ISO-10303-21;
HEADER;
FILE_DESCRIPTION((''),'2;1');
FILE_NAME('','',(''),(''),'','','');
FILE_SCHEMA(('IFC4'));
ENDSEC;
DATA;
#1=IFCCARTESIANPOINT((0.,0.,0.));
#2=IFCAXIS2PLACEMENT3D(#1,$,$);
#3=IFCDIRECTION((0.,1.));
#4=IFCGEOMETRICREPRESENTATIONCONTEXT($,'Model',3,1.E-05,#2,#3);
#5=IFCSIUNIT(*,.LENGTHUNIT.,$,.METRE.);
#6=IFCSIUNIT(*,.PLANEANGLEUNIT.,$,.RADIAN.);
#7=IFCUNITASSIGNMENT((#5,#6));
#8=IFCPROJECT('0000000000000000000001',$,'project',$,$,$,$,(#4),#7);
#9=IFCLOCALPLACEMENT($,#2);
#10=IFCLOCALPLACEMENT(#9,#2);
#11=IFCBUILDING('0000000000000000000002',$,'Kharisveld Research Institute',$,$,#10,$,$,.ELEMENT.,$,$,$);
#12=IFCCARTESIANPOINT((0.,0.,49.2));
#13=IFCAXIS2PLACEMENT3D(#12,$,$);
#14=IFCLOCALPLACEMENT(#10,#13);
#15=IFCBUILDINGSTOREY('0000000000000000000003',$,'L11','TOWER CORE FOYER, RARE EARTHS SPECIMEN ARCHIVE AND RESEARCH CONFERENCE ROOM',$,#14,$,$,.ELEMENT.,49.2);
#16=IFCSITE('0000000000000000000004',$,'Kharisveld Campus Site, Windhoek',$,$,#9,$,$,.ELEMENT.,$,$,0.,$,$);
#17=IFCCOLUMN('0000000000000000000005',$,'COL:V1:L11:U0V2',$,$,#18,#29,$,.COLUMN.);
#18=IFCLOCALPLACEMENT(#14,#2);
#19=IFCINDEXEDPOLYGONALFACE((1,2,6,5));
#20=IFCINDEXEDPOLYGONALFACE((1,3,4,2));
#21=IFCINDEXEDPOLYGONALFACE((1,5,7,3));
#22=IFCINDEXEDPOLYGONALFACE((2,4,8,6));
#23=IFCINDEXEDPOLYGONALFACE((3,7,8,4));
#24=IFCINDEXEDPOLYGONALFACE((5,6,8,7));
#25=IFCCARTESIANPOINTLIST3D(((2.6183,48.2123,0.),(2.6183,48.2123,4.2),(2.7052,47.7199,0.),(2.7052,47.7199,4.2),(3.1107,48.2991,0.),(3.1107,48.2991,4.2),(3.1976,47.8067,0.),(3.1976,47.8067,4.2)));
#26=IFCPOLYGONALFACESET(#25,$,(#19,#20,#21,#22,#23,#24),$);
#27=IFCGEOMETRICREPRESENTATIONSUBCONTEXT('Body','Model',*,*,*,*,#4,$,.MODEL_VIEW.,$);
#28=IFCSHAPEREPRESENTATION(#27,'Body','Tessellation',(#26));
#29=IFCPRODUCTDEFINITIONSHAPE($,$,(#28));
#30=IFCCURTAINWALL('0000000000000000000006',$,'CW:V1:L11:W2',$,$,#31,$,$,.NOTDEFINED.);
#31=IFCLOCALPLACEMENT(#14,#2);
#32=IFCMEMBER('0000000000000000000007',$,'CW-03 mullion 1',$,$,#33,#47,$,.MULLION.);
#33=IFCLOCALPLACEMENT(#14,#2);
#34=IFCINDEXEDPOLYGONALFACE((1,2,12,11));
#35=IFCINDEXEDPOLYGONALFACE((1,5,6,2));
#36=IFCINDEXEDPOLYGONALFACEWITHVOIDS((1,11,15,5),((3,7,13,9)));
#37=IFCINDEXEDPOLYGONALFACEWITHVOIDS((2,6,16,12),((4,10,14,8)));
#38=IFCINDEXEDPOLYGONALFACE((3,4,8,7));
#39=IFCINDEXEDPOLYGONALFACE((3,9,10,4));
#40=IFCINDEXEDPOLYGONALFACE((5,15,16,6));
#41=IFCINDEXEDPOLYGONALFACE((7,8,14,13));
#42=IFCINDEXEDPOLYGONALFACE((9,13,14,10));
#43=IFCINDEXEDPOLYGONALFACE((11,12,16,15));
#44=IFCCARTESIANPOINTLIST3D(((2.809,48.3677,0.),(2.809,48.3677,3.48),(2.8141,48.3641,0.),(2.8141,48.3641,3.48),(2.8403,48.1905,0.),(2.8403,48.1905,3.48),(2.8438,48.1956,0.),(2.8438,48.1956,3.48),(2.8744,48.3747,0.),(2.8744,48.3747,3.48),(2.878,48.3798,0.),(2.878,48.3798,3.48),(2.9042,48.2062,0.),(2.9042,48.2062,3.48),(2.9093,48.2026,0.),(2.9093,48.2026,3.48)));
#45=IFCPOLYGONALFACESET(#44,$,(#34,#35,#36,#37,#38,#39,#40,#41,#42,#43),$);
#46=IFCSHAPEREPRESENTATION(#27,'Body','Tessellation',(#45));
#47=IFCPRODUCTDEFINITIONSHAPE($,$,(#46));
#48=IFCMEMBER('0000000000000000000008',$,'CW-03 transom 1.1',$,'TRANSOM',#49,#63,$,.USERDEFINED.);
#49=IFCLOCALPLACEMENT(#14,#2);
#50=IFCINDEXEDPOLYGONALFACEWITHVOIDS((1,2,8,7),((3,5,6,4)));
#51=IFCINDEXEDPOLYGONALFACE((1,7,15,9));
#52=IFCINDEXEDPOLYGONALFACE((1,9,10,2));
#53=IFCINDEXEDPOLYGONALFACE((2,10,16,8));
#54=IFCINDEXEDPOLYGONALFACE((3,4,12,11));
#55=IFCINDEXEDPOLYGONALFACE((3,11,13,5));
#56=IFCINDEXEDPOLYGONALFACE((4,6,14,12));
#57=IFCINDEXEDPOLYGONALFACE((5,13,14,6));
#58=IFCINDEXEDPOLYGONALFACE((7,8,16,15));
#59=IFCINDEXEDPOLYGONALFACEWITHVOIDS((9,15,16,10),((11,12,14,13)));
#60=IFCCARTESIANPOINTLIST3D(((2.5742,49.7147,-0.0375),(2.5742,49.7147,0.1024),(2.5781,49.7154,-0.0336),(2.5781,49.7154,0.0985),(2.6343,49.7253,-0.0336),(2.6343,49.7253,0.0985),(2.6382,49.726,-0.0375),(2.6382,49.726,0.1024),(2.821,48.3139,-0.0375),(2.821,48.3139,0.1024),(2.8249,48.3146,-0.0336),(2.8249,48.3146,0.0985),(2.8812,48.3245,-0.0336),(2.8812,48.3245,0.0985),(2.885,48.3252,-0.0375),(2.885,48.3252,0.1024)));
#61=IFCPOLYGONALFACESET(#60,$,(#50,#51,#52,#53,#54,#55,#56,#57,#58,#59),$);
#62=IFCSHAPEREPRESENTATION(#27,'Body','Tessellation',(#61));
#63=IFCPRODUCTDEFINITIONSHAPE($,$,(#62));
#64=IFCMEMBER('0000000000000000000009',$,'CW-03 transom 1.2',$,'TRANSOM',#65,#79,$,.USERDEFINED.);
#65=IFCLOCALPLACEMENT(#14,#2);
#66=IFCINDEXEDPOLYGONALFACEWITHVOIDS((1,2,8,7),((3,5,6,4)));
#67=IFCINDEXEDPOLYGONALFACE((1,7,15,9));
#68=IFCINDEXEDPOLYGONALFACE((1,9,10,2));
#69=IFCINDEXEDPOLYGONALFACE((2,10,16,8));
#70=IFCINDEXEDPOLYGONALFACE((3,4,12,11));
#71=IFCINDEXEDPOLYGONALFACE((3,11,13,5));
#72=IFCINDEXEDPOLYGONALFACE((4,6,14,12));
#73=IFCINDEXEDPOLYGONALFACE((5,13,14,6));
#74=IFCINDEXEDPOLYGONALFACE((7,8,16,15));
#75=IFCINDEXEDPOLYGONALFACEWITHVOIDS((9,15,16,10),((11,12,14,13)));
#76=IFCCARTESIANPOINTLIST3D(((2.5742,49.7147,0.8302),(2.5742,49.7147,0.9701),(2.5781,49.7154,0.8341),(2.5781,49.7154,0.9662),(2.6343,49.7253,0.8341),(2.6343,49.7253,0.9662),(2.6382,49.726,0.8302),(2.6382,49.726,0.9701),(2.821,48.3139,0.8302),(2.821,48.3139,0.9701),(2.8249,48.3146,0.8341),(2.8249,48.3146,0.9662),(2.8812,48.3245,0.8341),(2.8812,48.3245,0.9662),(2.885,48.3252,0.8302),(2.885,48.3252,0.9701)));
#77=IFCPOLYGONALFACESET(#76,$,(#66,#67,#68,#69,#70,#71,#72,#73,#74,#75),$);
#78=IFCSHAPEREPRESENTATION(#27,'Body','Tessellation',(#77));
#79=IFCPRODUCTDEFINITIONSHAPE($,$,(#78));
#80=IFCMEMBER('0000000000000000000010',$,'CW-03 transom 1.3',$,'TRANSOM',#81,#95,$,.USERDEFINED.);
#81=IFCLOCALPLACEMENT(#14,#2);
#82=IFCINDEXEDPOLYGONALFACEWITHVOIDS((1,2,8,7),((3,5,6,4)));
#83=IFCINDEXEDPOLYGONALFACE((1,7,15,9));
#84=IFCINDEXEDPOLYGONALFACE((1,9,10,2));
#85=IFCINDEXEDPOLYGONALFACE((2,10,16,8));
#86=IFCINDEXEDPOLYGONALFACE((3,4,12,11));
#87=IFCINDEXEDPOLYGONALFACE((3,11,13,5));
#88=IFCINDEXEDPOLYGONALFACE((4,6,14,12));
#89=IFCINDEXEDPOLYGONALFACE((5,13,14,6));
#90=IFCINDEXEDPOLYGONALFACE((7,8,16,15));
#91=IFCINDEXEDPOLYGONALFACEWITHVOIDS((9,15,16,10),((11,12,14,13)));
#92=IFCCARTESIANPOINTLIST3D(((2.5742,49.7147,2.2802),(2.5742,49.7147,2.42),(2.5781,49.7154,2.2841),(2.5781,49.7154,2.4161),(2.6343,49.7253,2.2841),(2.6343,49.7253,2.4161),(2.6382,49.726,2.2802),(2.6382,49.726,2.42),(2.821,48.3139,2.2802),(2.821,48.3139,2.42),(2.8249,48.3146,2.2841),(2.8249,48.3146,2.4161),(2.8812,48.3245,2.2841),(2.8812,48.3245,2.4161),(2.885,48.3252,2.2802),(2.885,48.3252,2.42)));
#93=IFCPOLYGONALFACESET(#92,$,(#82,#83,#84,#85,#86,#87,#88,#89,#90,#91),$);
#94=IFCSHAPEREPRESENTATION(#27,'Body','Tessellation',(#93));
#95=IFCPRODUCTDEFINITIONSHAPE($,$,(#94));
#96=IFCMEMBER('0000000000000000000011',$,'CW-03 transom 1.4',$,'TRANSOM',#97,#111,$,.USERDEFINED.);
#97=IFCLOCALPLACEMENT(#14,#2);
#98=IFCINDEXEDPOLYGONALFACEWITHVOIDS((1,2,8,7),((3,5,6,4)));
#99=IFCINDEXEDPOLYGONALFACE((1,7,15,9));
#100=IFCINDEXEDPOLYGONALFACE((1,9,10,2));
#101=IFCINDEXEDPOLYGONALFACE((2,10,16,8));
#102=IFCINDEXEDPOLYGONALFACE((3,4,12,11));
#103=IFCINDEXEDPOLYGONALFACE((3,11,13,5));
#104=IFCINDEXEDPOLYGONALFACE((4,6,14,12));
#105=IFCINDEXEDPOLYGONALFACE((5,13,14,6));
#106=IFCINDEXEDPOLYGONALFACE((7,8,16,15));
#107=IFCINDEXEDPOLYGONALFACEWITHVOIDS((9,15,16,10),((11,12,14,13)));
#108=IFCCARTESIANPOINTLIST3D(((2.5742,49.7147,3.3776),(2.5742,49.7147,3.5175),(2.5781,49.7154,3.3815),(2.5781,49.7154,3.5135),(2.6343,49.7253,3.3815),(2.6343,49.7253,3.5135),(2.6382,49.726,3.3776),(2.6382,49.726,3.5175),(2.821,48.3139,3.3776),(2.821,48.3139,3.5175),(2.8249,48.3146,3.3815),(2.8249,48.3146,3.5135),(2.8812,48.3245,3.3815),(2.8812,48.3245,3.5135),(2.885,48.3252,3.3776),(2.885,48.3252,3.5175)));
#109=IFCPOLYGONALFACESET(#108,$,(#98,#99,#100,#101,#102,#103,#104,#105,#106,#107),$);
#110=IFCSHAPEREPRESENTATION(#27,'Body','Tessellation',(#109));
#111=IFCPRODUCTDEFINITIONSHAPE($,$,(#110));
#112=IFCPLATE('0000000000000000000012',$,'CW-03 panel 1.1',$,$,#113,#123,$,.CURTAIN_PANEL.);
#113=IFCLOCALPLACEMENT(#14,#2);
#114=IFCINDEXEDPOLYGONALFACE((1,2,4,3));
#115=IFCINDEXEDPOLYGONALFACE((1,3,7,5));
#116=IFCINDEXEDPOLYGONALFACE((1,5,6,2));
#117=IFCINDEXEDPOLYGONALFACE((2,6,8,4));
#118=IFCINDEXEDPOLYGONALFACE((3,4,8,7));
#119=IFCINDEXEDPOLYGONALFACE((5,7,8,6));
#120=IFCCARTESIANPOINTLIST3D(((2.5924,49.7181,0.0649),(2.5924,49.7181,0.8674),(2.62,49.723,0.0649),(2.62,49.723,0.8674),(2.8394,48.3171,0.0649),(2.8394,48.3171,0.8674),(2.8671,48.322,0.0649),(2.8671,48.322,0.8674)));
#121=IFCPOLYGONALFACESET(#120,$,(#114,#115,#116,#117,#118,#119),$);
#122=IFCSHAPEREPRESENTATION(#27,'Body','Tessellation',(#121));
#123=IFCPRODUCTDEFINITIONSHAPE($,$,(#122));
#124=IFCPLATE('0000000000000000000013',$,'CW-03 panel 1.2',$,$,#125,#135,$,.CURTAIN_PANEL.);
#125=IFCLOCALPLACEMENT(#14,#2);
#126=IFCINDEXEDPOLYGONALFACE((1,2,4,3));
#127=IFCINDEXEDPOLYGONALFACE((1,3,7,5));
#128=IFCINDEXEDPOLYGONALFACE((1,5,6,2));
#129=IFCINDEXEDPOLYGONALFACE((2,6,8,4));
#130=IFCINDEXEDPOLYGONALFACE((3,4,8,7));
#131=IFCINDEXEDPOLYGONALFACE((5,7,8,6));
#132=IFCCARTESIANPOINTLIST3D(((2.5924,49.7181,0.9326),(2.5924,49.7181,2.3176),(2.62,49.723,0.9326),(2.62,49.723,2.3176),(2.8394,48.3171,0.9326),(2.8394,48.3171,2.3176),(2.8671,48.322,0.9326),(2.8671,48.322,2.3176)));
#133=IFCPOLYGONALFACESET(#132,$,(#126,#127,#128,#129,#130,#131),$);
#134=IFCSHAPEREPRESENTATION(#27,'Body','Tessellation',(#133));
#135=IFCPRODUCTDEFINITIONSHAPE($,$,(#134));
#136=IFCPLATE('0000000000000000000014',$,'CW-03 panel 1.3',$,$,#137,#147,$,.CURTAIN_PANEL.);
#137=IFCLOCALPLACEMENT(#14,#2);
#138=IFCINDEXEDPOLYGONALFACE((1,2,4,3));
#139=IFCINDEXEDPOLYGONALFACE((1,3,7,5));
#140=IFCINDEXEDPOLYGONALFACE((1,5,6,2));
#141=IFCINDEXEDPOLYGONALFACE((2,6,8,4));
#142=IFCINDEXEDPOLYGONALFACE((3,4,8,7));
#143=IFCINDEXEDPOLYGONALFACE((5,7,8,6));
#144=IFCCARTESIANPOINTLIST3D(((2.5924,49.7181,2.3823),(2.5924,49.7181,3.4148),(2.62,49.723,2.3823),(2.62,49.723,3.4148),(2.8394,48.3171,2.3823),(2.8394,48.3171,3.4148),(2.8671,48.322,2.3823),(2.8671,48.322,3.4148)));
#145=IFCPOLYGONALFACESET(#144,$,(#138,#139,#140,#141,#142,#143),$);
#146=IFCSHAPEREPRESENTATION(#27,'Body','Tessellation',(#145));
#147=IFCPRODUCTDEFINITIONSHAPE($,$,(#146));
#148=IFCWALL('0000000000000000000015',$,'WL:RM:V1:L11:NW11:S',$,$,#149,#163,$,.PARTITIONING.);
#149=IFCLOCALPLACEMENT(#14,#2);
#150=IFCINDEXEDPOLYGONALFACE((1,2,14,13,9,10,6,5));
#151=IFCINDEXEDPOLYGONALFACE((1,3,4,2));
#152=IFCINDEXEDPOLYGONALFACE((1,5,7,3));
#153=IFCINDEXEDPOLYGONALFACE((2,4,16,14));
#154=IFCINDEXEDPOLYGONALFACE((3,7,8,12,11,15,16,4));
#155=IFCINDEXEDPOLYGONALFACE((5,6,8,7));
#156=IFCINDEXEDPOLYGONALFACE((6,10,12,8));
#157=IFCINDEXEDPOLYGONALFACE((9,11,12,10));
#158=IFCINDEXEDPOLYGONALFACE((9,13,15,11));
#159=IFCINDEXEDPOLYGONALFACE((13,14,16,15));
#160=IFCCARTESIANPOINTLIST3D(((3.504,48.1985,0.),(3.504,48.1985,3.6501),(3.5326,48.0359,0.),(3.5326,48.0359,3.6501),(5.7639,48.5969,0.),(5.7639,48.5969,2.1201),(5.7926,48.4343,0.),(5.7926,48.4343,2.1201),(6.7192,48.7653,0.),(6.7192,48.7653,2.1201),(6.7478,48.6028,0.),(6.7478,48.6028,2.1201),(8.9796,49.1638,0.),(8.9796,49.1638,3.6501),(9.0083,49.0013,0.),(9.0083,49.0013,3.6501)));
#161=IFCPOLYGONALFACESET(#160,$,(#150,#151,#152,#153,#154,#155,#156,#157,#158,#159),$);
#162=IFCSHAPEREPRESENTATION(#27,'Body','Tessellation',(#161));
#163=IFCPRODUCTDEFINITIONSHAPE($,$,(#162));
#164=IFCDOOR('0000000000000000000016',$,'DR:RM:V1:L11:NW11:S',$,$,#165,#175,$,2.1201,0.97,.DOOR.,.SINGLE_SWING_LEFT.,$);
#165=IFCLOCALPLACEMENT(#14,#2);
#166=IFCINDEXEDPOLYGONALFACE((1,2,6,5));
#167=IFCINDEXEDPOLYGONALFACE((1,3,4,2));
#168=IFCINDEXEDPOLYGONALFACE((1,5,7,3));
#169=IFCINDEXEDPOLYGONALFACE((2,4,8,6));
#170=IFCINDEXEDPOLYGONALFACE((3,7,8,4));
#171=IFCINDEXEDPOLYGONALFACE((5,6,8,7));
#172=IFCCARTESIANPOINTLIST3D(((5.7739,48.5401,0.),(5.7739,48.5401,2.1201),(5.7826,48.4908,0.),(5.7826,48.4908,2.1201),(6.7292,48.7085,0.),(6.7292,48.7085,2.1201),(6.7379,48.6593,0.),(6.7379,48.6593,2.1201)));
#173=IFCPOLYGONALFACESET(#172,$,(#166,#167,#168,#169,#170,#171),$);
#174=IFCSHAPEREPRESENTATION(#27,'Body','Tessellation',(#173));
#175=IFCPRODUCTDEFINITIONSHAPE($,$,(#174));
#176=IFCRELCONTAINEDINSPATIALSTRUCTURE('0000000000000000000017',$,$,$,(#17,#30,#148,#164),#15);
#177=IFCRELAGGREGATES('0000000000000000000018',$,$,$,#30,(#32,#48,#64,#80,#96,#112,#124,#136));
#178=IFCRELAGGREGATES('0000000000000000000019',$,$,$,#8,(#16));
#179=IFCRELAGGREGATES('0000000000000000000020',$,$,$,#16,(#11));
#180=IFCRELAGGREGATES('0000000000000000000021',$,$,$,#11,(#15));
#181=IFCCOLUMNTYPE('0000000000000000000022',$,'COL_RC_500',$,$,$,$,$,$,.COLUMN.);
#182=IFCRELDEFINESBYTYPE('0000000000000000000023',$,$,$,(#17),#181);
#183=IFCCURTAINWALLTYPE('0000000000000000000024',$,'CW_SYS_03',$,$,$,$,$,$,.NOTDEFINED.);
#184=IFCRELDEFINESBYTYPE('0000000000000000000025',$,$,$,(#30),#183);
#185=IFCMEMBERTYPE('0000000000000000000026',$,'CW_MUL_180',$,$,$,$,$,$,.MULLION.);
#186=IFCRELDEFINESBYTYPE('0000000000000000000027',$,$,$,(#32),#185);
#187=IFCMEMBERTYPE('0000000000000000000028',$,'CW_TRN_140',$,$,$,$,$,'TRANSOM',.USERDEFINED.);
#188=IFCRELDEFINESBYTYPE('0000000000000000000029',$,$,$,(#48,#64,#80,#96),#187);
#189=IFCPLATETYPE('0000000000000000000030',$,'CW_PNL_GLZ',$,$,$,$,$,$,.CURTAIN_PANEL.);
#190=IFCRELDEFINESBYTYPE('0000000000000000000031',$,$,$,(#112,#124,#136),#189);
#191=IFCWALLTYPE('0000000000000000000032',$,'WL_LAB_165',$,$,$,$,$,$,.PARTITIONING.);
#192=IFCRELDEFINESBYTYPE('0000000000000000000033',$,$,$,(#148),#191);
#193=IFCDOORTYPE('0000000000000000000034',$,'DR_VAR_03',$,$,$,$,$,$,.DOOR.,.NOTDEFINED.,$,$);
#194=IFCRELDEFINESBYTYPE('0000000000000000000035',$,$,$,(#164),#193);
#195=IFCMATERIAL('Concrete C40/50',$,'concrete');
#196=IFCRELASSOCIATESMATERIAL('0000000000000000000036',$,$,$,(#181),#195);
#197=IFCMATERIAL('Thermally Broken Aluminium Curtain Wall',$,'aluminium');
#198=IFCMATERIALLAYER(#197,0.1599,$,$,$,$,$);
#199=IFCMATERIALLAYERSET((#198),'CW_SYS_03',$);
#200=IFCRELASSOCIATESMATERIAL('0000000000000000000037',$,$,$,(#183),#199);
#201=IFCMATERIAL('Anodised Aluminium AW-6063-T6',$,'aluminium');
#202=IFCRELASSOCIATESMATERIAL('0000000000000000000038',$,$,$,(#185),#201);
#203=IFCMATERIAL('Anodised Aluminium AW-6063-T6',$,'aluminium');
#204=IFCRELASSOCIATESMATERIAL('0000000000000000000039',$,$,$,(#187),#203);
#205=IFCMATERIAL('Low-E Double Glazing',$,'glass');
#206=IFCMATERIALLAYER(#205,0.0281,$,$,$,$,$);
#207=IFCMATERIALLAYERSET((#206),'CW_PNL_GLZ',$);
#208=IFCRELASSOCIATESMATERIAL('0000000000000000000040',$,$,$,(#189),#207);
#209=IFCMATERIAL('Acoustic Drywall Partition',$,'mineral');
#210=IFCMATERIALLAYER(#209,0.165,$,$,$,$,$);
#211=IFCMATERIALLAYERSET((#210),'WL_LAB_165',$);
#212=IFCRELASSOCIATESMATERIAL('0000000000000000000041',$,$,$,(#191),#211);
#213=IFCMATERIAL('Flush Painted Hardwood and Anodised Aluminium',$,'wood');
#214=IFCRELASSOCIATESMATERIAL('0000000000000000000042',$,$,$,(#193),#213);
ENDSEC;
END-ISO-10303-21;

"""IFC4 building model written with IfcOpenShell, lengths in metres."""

from ifc_helpers import new_model, si_unit, direction, frame, frame_2d, origin, origin_2d, place, context, subcontext, project, spatial, rectangle, hollow_rectangle, extrude, material, layer, layer_set, material_profile, profile_set, type_object, element, fill, aggregate, save


model = new_model("IFC4")

# Units and contexts
model_context = context("Model", 3, precision=1e-05, world=origin(), true_north=direction((0.0, 1.0)))
body_context = subcontext(model_context, "Body", "Model", "MODEL_VIEW")
ifc_project = project(units=[si_unit("LENGTHUNIT", "METRE"), si_unit("PLANEANGLEUNIT", "RADIAN")], contexts=[model_context])

# Site, building, storey
site_placement = place(None, origin())
site = spatial("IfcSite", under=ifc_project, at=site_placement, Name="Kharisveld Campus Site, Windhoek", CompositionType="ELEMENT", RefElevation=0.0)
building_placement = place(site_placement, origin())
building = spatial("IfcBuilding", under=site, at=building_placement, Name="Kharisveld Research Institute", CompositionType="ELEMENT")
storey_placement = place(building_placement, frame((0.0, 0.0, 49.2)))
storey = spatial("IfcBuildingStorey", under=building, at=storey_placement, Name="L11", Description="TOWER CORE FOYER, RARE EARTHS SPECIMEN ARCHIVE AND RESEARCH CONFERENCE ROOM", CompositionType="ELEMENT", Elevation=49.2)

# Column
ifc_material_1 = material(Name="Concrete C40/50", Category="concrete")
ifc_material_profile_1 = material_profile(ifc_material_1, rectangle(XDim=0.5, YDim=0.5, at=origin_2d()))
ifc_profile_set_1 = profile_set([ifc_material_profile_1], Name="Concrete C40/50")
column_type = type_object("IfcColumnType", Name="COL_RC_500", PredefinedType="COLUMN", material=ifc_profile_set_1)
column_placement = place(storey_placement, frame((2.908, 48.0095, 0.0), z_axis=(0.0, 0.0, 1.0), x_axis=(0.984808, 0.173648, 0.0)))
element("IfcColumn", 1, at=column_placement, inside=storey, type_object=column_type, Name="COL:V1:L11:U0V2", PredefinedType="COLUMN", context=body_context, shape_type="SweptSolid", body=[
    extrude(rectangle(XDim=0.5, YDim=0.5, at=origin_2d()), origin(), (0.0, 0.0, 1.0), 4.2),
])

# Curtain wall, members, plates
ifc_material_2 = material(Name="Thermally Broken Aluminium Curtain Wall", Category="aluminium")
ifc_layer_1 = layer(ifc_material_2, 0.1599)
ifc_layer_set_1 = layer_set([ifc_layer_1], Name="CW_SYS_03")
curtain_wall_type = type_object("IfcCurtainWallType", Name="CW_SYS_03", PredefinedType="NOTDEFINED", material=ifc_layer_set_1)
curtain_wall_placement = place(storey_placement, origin())
curtain_wall = element("IfcCurtainWall", 2, at=curtain_wall_placement, inside=storey, type_object=curtain_wall_type, Name="CW:V1:L11:W2", PredefinedType="NOTDEFINED")
ifc_material_3 = material(Name="Anodised Aluminium AW-6063-T6", Category="aluminium")
ifc_material_profile_2 = material_profile(ifc_material_3, hollow_rectangle(XDim=0.0701, YDim=0.1799, WallThickness=0.0044, at=origin_2d()))
ifc_profile_set_2 = profile_set([ifc_material_profile_2], Name="Anodised Aluminium AW-6063-T6")
member_type_1 = type_object("IfcMemberType", Name="CW_MUL_180", PredefinedType="MULLION", material=ifc_profile_set_2)
member_1_placement = place(storey_placement, frame((2.8591, 48.2852, 0.0), z_axis=(0.0, 0.0, 1.0), x_axis=(-0.984808, -0.173648, 0.0)))
member_1 = element("IfcMember", 3, at=member_1_placement, type_object=member_type_1, Name="CW-03 mullion 1", PredefinedType="MULLION", context=body_context, shape_type="SweptSolid", body=[
    extrude(hollow_rectangle(XDim=0.0701, YDim=0.1799, WallThickness=0.0044, at=origin_2d()), origin(), (0.0, 0.0, 1.0), 3.48),
])
ifc_material_4 = material(Name="Anodised Aluminium AW-6063-T6", Category="aluminium")
ifc_material_profile_3 = material_profile(ifc_material_4, hollow_rectangle(XDim=0.0649, YDim=0.1399, WallThickness=0.0039, at=origin_2d()))
ifc_profile_set_3 = profile_set([ifc_material_profile_3], Name="Anodised Aluminium AW-6063-T6")
member_type_2 = type_object("IfcMemberType", Name="CW_TRN_140", ElementType="TRANSOM", PredefinedType="USERDEFINED", material=ifc_profile_set_3)
member_2_placement = place(storey_placement, frame((2.853, 48.3196, 0.0325), z_axis=(-0.173521, 0.98483, 0.0), x_axis=(-0.98483, -0.173521, 0.0)))
member_2 = element("IfcMember", 4, at=member_2_placement, type_object=member_type_2, Name="CW-03 transom 1.1", ObjectType="TRANSOM", PredefinedType="USERDEFINED", context=body_context, shape_type="SweptSolid", body=[
    extrude(hollow_rectangle(XDim=0.0649, YDim=0.1399, WallThickness=0.0039, at=origin_2d()), origin(), (0.0, 0.0, 1.0), 1.4224),
])
member_3_placement = place(storey_placement, frame((2.853, 48.3196, 0.9001), z_axis=(-0.173521, 0.98483, 0.0), x_axis=(-0.98483, -0.173521, 0.0)))
member_3 = element("IfcMember", 5, at=member_3_placement, type_object=member_type_2, Name="CW-03 transom 1.2", ObjectType="TRANSOM", PredefinedType="USERDEFINED", context=body_context, shape_type="SweptSolid", body=[
    extrude(hollow_rectangle(XDim=0.0649, YDim=0.1399, WallThickness=0.0039, at=origin_2d()), origin(), (0.0, 0.0, 1.0), 1.4224),
])
member_4_placement = place(storey_placement, frame((2.853, 48.3196, 2.3501), z_axis=(-0.173521, 0.98483, 0.0), x_axis=(-0.98483, -0.173521, 0.0)))
member_4 = element("IfcMember", 6, at=member_4_placement, type_object=member_type_2, Name="CW-03 transom 1.3", ObjectType="TRANSOM", PredefinedType="USERDEFINED", context=body_context, shape_type="SweptSolid", body=[
    extrude(hollow_rectangle(XDim=0.0649, YDim=0.1399, WallThickness=0.0039, at=origin_2d()), origin(), (0.0, 0.0, 1.0), 1.4224),
])
member_5_placement = place(storey_placement, frame((2.853, 48.3196, 3.4475), z_axis=(-0.173521, 0.98483, 0.0), x_axis=(-0.98483, -0.173521, 0.0)))
member_5 = element("IfcMember", 7, at=member_5_placement, type_object=member_type_2, Name="CW-03 transom 1.4", ObjectType="TRANSOM", PredefinedType="USERDEFINED", context=body_context, shape_type="SweptSolid", body=[
    extrude(hollow_rectangle(XDim=0.0649, YDim=0.1399, WallThickness=0.0039, at=origin_2d()), origin(), (0.0, 0.0, 1.0), 1.4224),
])
ifc_material_5 = material(Name="Low-E Double Glazing", Category="glass")
ifc_layer_2 = layer(ifc_material_5, 0.0281)
ifc_layer_set_2 = layer_set([ifc_layer_2], Name="CW_PNL_GLZ")
plate_type = type_object("IfcPlateType", Name="CW_PNL_GLZ", PredefinedType="CURTAIN_PANEL", material=ifc_layer_set_2)
plate_1_placement = place(storey_placement, frame((2.7297, 49.02, 0.0649), z_axis=(0.0, 0.0, 1.0), x_axis=(-0.173648, 0.984808, 0.0)))
plate_1 = element("IfcPlate", 8, at=plate_1_placement, type_object=plate_type, Name="CW-03 panel 1.1", PredefinedType="CURTAIN_PANEL", context=body_context, shape_type="SweptSolid", body=[
    extrude(rectangle(XDim=1.4226, YDim=0.0281, at=origin_2d()), origin(), (0.0, 0.0, 1.0), 0.8025),
])
plate_2_placement = place(storey_placement, frame((2.7297, 49.02, 0.9326), z_axis=(0.0, 0.0, 1.0), x_axis=(-0.173648, 0.984808, 0.0)))
plate_2 = element("IfcPlate", 9, at=plate_2_placement, type_object=plate_type, Name="CW-03 panel 1.2", PredefinedType="CURTAIN_PANEL", context=body_context, shape_type="SweptSolid", body=[
    extrude(rectangle(XDim=1.4226, YDim=0.0281, at=origin_2d()), origin(), (0.0, 0.0, 1.0), 1.385),
])
plate_3_placement = place(storey_placement, frame((2.7297, 49.02, 2.3823), z_axis=(0.0, 0.0, 1.0), x_axis=(-0.173648, 0.984808, 0.0)))
plate_3 = element("IfcPlate", 10, at=plate_3_placement, type_object=plate_type, Name="CW-03 panel 1.3", PredefinedType="CURTAIN_PANEL", context=body_context, shape_type="SweptSolid", body=[
    extrude(rectangle(XDim=1.4226, YDim=0.0281, at=origin_2d()), origin(), (0.0, 0.0, 1.0), 1.0325),
])
aggregate(curtain_wall, [member_1, member_2, member_3, member_4, member_5, plate_1, plate_2, plate_3])

# Wall, opening, door
ifc_material_6 = material(Name="Acoustic Drywall Partition", Category="mineral")
ifc_layer_3 = layer(ifc_material_6, 0.165)
ifc_layer_set_3 = layer_set([ifc_layer_3], Name="WL_LAB_165")
wall_type = type_object("IfcWallType", Name="WL_LAB_165", PredefinedType="PARTITIONING", material=ifc_layer_set_3)
wall_placement = place(storey_placement, frame((3.5183, 48.1172, 0.0), z_axis=(0.0, 0.0, 1.0), x_axis=(0.984813, 0.17362, 0.0)))
wall = element("IfcWall", 11, at=wall_placement, inside=storey, type_object=wall_type, Name="WL:RM:V1:L11:NW11:S", PredefinedType="PARTITIONING", context=body_context, shape_type="SweptSolid", body=[
    extrude(rectangle(XDim=5.5601, YDim=0.165, at=frame_2d((2.78, 0.0))), origin(), (0.0, 0.0, 1.0), 3.6501),
])
opening_placement = place(wall_placement, frame((2.2949, 0.0, 0.0)))
opening = element("IfcOpeningElement", 12, at=opening_placement, cuts=wall, PredefinedType="OPENING", context=body_context, shape_type="SweptSolid", body=[
    extrude(rectangle(XDim=0.97, YDim=2.1201, at=frame_2d((0.4849, 1.0601))), frame((0.0, 0.0825, 0.0), z_axis=(0.0, -1.0, 0.0), x_axis=(1.0, 0.0, 0.0)), (0.0, 0.0, 1.0), 0.165),
])
ifc_material_7 = material(Name="Flush Painted Hardwood and Anodised Aluminium", Category="wood")
door_type = type_object("IfcDoorType", Name="DR_VAR_03", OperationType="NOTDEFINED", PredefinedType="DOOR", material=ifc_material_7)
door_placement = place(opening_placement, origin())
door = element("IfcDoor", 13, at=door_placement, inside=storey, type_object=door_type, Name="DR:RM:V1:L11:NW11:S", OperationType="SINGLE_SWING_LEFT", OverallHeight=2.1201, OverallWidth=0.97, PredefinedType="DOOR", context=body_context, shape_type="SweptSolid", body=[
    extrude(rectangle(XDim=0.97, YDim=2.1201, at=frame_2d((0.4849, 1.0601))), frame((0.0, 0.0249, 0.0), z_axis=(0.0, -1.0, 0.0), x_axis=(1.0, 0.0, 0.0)), (0.0, 0.0, 1.0), 0.05),
])
fill(opening, door)

save(model, "model.ifc")
